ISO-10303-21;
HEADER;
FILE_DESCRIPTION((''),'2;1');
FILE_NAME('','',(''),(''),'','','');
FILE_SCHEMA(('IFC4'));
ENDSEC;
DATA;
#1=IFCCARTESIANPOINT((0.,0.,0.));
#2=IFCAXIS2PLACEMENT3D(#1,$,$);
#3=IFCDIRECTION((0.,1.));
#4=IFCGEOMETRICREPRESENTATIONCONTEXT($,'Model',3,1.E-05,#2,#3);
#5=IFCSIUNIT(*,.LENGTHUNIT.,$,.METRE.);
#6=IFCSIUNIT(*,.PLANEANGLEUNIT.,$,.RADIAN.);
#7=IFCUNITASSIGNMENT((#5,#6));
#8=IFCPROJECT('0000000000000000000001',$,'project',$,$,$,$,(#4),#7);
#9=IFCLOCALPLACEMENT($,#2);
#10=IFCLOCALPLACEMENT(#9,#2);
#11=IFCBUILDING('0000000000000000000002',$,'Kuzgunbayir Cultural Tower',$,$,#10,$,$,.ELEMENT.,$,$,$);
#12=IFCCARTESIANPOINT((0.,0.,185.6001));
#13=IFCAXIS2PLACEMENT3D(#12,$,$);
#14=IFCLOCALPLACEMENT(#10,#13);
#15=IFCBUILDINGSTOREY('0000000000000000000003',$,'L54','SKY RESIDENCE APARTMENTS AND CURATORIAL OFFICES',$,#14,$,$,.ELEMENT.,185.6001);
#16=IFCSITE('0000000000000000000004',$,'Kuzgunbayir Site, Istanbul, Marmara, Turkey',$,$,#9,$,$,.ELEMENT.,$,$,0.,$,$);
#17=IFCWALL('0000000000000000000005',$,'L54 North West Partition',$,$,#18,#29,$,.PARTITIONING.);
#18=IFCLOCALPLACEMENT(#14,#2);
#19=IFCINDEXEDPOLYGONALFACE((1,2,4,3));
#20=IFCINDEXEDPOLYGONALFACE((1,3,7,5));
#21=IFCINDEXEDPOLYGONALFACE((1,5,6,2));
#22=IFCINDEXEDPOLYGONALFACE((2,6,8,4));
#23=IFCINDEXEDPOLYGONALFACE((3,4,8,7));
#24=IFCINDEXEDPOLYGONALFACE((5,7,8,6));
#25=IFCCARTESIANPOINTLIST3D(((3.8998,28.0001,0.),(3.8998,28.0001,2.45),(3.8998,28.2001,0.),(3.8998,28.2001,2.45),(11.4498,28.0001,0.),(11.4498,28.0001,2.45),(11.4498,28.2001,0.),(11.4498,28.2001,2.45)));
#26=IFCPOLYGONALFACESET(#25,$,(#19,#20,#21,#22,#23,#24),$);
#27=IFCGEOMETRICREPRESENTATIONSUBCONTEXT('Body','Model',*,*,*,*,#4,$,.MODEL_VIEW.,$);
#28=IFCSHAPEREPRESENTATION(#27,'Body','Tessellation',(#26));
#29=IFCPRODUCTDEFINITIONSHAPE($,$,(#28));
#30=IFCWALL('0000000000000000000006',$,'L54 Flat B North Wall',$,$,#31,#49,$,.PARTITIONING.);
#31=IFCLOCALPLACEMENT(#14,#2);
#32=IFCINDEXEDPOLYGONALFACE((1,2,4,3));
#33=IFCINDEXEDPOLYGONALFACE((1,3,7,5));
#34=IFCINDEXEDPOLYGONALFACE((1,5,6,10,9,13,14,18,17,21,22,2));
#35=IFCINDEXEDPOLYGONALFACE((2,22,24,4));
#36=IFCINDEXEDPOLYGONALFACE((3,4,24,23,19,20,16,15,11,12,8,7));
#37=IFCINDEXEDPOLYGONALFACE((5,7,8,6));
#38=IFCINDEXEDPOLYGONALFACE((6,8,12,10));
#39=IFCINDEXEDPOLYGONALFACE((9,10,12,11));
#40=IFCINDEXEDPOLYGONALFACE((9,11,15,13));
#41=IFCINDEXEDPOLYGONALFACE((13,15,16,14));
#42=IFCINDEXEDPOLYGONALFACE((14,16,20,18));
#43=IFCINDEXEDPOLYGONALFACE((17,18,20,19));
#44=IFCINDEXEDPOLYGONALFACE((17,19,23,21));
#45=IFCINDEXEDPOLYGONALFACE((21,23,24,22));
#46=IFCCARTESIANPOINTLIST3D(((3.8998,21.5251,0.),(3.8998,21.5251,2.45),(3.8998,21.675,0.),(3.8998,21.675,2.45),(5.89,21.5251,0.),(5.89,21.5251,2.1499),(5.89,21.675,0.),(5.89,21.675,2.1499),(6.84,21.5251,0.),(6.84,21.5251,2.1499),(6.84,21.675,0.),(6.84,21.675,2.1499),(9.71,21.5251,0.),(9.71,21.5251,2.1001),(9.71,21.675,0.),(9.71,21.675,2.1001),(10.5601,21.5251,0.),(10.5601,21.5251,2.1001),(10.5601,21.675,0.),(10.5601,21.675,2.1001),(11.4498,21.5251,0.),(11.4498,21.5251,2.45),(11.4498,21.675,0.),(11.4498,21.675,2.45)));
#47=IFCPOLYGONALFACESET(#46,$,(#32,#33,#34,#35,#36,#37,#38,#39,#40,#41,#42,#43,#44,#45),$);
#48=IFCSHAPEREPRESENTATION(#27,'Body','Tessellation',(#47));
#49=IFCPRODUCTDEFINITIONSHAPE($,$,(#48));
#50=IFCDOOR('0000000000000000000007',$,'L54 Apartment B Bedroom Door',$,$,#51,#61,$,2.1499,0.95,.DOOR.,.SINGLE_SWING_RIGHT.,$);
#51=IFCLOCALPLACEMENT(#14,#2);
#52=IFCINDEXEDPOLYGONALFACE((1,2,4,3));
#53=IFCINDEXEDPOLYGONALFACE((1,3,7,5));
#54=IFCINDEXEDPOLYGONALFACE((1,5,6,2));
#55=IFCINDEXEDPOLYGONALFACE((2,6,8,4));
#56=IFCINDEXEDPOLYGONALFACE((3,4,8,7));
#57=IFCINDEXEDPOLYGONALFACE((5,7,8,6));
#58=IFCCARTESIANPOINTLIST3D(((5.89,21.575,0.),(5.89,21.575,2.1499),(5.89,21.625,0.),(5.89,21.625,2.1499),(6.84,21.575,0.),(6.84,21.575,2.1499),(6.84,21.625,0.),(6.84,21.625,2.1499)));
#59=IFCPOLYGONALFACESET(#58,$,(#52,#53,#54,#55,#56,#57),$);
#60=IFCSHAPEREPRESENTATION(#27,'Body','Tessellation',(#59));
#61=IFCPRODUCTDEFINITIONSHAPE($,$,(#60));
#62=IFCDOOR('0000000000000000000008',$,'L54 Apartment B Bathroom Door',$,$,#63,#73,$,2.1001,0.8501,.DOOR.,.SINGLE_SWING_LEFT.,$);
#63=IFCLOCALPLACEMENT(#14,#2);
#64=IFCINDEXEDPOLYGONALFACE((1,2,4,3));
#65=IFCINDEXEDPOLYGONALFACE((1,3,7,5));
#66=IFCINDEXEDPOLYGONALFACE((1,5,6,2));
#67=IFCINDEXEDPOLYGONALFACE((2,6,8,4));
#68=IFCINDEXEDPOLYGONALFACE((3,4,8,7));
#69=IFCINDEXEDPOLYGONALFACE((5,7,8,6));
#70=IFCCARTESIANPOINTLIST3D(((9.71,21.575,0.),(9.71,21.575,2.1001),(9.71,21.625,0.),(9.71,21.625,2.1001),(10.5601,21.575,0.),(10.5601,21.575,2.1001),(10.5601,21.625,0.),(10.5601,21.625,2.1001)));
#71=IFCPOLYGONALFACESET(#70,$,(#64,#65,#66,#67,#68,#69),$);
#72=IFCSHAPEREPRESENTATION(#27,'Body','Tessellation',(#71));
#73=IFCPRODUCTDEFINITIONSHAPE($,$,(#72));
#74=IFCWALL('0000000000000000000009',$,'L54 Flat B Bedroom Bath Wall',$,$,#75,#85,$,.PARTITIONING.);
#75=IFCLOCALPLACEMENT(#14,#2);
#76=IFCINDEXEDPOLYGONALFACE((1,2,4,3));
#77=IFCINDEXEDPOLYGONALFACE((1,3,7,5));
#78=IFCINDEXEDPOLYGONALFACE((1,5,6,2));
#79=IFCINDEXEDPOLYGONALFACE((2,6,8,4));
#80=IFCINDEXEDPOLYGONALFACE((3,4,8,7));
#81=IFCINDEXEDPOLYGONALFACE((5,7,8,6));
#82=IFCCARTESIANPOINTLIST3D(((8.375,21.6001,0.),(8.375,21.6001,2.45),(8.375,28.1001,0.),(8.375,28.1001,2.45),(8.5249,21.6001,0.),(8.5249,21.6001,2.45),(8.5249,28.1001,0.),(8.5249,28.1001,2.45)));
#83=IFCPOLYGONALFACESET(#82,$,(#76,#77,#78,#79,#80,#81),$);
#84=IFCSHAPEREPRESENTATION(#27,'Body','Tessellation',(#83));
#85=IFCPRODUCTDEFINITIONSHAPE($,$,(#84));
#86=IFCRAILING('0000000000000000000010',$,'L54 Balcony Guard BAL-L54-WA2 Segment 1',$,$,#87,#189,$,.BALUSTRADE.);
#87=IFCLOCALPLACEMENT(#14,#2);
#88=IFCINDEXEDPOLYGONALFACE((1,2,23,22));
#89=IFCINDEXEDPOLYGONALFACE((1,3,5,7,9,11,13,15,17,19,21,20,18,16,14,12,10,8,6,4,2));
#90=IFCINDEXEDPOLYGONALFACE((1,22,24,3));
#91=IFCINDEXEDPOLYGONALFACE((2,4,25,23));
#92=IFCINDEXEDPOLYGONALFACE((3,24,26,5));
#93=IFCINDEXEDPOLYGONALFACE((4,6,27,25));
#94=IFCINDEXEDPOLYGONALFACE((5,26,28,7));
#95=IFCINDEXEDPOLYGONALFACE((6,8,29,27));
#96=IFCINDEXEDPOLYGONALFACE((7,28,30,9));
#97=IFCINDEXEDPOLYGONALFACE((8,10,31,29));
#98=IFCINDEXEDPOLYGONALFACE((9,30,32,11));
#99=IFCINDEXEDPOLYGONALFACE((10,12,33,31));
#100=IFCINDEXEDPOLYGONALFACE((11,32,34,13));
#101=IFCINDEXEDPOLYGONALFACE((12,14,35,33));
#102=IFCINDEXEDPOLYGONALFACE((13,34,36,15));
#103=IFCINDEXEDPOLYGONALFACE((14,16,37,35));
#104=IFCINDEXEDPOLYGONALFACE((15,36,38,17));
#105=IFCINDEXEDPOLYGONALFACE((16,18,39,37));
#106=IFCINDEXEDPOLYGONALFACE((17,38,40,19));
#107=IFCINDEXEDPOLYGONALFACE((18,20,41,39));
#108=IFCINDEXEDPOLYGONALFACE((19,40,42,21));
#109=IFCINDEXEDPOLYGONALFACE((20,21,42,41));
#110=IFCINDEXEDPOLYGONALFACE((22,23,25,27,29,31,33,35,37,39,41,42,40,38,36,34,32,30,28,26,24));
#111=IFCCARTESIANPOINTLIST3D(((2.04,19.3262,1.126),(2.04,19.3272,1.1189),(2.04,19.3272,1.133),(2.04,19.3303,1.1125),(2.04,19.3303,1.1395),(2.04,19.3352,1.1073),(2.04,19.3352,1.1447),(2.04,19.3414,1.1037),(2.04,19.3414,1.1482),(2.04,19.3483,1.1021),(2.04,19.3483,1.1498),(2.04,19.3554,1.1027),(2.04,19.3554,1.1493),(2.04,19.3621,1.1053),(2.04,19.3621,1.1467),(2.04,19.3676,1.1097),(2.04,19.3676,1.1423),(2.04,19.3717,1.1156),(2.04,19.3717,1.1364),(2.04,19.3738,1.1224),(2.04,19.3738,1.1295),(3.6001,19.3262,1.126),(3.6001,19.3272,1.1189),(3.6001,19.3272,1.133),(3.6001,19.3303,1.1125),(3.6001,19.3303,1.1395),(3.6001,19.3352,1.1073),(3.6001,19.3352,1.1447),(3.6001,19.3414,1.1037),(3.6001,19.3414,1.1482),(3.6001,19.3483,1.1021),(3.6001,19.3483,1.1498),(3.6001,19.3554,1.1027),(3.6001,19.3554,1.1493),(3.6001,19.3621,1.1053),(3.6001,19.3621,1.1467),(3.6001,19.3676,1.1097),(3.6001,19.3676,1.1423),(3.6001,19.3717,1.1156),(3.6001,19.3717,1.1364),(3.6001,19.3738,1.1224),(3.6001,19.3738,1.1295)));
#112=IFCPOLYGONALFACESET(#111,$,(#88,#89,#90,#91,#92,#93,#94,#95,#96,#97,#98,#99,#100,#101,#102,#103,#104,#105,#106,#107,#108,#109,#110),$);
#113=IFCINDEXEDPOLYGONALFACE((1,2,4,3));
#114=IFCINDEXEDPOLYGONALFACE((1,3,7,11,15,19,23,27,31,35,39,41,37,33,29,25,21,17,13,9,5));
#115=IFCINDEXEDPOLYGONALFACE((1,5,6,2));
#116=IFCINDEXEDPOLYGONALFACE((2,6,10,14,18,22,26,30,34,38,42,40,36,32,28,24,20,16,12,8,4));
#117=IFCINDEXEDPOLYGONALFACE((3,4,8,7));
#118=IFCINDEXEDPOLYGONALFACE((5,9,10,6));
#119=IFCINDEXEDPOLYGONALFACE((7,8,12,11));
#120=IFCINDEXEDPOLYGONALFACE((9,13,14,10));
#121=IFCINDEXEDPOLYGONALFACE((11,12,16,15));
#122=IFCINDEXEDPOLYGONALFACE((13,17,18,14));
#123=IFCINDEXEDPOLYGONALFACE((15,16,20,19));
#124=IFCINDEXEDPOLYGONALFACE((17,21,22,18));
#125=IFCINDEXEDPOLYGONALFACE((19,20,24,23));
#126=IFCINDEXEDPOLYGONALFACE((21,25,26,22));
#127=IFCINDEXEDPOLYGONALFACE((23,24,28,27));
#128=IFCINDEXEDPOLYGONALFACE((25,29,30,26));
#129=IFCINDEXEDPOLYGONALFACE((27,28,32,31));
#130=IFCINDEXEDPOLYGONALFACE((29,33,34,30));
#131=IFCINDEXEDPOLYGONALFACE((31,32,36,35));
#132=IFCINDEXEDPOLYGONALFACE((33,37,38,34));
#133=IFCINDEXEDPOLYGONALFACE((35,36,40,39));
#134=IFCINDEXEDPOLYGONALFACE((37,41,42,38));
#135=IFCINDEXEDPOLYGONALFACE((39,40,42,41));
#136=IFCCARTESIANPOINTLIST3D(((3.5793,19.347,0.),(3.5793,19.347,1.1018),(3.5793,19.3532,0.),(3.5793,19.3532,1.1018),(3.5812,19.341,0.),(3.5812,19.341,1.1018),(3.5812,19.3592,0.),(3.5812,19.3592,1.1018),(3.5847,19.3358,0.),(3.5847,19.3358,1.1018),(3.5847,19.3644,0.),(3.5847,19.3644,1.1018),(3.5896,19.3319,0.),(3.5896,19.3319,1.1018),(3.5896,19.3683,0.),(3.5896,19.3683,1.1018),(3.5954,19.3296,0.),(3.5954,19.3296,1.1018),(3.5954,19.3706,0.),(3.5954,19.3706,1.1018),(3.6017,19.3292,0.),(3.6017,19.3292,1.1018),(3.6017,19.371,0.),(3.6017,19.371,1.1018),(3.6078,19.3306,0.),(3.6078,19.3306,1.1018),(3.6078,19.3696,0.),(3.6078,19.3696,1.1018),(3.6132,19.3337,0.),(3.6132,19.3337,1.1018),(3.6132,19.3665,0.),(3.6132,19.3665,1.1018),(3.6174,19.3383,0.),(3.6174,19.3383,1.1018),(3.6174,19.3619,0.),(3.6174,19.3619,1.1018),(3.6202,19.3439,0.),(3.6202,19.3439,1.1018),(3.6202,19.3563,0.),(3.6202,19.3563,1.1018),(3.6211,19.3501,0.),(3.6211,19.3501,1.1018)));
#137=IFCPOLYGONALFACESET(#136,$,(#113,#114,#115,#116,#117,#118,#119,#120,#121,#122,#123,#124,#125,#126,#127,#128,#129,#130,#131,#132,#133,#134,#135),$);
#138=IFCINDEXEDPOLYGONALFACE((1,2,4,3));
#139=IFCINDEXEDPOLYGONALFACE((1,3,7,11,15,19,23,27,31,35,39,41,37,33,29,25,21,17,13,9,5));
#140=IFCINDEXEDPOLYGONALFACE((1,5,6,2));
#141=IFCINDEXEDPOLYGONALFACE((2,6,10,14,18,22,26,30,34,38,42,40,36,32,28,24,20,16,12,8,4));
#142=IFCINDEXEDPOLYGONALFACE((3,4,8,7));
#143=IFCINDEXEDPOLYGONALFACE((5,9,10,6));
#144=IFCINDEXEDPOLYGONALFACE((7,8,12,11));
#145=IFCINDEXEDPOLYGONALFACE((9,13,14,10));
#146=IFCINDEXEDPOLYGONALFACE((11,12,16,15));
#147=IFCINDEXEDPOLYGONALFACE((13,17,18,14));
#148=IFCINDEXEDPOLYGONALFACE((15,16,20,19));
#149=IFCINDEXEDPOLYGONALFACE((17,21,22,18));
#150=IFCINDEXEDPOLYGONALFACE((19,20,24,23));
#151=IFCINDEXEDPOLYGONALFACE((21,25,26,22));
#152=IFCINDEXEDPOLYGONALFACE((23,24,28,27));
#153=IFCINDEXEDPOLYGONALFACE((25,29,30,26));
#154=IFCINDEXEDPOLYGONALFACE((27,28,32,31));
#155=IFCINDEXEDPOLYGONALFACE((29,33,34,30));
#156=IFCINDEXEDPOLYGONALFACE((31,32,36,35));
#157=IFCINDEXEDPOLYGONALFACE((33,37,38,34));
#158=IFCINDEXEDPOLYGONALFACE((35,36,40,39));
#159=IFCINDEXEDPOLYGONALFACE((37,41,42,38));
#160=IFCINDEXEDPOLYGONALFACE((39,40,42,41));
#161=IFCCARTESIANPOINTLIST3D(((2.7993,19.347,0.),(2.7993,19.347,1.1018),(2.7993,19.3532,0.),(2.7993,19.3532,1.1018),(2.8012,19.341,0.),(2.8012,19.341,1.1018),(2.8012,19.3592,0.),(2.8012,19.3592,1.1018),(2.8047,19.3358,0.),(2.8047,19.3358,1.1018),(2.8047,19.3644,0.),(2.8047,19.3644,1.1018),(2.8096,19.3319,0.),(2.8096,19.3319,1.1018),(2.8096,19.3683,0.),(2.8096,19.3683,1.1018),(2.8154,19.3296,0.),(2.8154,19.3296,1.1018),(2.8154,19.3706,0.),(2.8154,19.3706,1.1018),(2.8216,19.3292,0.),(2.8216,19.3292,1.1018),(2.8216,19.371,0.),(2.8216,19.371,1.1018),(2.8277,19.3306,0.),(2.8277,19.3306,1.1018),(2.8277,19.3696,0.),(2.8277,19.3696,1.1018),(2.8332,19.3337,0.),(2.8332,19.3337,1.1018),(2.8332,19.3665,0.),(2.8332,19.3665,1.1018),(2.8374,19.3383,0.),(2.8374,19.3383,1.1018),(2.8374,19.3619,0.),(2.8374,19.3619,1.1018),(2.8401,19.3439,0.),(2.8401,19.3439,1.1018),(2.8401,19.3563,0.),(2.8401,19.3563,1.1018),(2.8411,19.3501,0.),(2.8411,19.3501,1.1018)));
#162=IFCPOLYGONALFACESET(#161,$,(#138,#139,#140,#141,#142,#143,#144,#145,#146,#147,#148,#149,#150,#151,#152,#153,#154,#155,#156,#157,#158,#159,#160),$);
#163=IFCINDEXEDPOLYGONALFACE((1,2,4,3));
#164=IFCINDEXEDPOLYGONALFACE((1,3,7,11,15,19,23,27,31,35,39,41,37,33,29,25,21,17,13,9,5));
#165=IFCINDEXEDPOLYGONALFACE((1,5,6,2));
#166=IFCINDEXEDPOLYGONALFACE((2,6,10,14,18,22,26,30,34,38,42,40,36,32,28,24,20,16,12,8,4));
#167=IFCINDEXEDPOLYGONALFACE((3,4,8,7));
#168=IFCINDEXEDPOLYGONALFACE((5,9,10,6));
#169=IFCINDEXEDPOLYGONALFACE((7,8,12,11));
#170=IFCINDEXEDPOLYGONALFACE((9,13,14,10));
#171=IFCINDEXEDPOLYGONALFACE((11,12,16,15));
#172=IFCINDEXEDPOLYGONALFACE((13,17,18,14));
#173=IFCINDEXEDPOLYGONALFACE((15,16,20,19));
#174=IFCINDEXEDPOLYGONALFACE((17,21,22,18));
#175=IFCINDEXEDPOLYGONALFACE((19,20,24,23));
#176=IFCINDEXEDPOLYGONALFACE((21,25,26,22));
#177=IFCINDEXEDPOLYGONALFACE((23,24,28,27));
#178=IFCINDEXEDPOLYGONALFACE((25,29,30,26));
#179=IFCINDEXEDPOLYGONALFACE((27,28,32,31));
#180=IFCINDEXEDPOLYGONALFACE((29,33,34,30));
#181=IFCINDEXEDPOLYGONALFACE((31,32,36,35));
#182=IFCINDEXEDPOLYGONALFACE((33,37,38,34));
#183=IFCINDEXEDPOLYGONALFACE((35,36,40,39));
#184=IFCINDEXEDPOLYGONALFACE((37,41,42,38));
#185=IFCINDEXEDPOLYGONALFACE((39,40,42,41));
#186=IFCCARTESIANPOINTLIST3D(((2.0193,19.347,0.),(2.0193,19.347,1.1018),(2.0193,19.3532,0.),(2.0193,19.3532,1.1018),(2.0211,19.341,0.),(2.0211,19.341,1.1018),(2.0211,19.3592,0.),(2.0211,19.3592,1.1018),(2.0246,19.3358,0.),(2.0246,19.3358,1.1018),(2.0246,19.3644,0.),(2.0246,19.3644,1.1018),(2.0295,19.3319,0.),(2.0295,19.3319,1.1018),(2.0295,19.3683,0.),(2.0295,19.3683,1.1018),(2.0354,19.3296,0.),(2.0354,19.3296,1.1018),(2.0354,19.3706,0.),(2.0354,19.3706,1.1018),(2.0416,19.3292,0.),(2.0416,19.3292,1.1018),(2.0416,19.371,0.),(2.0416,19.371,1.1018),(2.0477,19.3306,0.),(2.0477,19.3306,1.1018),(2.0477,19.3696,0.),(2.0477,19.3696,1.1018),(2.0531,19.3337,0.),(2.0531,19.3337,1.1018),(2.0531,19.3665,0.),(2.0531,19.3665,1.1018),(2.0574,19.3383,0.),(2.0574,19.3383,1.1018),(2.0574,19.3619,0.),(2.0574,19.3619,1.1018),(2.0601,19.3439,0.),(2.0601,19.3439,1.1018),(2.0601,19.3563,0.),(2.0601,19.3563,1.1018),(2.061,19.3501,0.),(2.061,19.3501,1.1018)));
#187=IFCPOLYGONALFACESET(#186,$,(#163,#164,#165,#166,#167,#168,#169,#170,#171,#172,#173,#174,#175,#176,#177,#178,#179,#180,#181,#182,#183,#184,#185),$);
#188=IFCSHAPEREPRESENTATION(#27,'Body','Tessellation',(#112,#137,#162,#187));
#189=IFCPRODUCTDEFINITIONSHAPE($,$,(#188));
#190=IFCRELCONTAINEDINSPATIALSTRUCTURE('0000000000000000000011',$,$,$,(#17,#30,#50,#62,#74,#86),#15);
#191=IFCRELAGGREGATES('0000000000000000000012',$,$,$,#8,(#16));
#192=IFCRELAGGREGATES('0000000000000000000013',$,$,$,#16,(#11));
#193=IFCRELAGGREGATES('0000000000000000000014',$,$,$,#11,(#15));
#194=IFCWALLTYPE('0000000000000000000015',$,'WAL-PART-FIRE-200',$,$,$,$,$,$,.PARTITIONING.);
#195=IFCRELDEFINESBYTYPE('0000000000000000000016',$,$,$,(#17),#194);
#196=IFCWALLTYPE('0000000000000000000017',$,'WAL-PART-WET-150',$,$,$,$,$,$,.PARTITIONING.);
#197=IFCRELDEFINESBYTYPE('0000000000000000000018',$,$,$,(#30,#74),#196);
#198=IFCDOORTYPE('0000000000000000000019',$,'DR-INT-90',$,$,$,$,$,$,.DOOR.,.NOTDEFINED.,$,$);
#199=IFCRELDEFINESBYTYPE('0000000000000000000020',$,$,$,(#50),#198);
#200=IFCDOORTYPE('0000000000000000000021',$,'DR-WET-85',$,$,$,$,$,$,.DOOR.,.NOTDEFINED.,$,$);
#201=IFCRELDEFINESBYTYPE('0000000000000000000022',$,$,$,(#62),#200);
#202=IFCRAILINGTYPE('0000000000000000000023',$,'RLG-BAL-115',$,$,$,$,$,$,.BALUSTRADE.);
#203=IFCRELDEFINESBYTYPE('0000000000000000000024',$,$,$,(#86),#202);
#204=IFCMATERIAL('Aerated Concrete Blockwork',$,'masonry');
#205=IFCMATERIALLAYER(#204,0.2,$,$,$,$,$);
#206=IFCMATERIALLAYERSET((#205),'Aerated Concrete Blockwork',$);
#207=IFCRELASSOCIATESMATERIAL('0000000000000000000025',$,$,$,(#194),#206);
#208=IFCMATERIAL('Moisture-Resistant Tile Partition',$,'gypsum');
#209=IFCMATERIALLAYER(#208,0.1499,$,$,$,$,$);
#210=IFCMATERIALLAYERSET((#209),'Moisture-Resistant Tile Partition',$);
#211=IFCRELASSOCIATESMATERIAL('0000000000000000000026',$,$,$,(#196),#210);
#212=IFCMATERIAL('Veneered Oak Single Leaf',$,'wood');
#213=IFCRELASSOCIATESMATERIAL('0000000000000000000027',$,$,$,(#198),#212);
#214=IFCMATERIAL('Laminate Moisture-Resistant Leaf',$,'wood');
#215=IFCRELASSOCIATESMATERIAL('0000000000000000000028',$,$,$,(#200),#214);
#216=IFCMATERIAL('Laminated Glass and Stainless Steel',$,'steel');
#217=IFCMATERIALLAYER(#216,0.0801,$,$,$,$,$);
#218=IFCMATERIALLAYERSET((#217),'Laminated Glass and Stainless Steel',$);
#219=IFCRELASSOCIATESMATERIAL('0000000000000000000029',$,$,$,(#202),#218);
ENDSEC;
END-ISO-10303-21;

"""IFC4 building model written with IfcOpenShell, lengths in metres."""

from ifc_helpers import new_model, si_unit, direction, frame, frame_2d, origin, origin_2d, place, context, subcontext, project, spatial, rectangle, circle, extrude, material, layer, layer_set, type_object, element, fill, save


model = new_model("IFC4")

# Units and contexts
model_context = context("Model", 3, precision=1e-05, world=origin(), true_north=direction((0.0, 1.0)))
body_context = subcontext(model_context, "Body", "Model", "MODEL_VIEW")
ifc_project = project(units=[si_unit("LENGTHUNIT", "METRE"), si_unit("PLANEANGLEUNIT", "RADIAN")], contexts=[model_context])

# Site, building, storey
site_placement = place(None, origin())
site = spatial("IfcSite", under=ifc_project, at=site_placement, Name="Kuzgunbayir Site, Istanbul, Marmara, Turkey", CompositionType="ELEMENT", RefElevation=0.0)
building_placement = place(site_placement, origin())
building = spatial("IfcBuilding", under=site, at=building_placement, Name="Kuzgunbayir Cultural Tower", CompositionType="ELEMENT")
storey_placement = place(building_placement, frame((0.0, 0.0, 185.6001)))
storey = spatial("IfcBuildingStorey", under=building, at=storey_placement, Name="L54", Description="SKY RESIDENCE APARTMENTS AND CURATORIAL OFFICES", CompositionType="ELEMENT", Elevation=185.6001)

# Wall
ifc_material_1 = material(Name="Aerated Concrete Blockwork", Category="masonry")
ifc_layer_1 = layer(ifc_material_1, 0.2)
ifc_layer_set_1 = layer_set([ifc_layer_1], Name="Aerated Concrete Blockwork")
wall_type_1 = type_object("IfcWallType", Name="WAL-PART-FIRE-200", PredefinedType="PARTITIONING", material=ifc_layer_set_1)
wall_1_placement = place(storey_placement, frame((3.8999, 28.1001, 0.0), z_axis=(0.0, 0.0, 1.0), x_axis=(1.0, 0.0, 0.0)))
element("IfcWall", 1, at=wall_1_placement, inside=storey, type_object=wall_type_1, Name="L54 North West Partition", PredefinedType="PARTITIONING", context=body_context, shape_type="SweptSolid", body=[
    extrude(rectangle(XDim=7.55, YDim=0.2, at=frame_2d((3.7749, 0.0))), origin(), (0.0, 0.0, 1.0), 2.45),
])

# Wall, openings, doors
ifc_material_2 = material(Name="Moisture-Resistant Tile Partition", Category="gypsum")
ifc_layer_2 = layer(ifc_material_2, 0.1499)
ifc_layer_set_2 = layer_set([ifc_layer_2], Name="Moisture-Resistant Tile Partition")
wall_type_2 = type_object("IfcWallType", Name="WAL-PART-WET-150", PredefinedType="PARTITIONING", material=ifc_layer_set_2)
wall_2_placement = place(storey_placement, frame((3.8999, 21.6001, 0.0), z_axis=(0.0, 0.0, 1.0), x_axis=(1.0, 0.0, 0.0)))
wall_2 = element("IfcWall", 2, at=wall_2_placement, inside=storey, type_object=wall_type_2, Name="L54 Flat B North Wall", PredefinedType="PARTITIONING", context=body_context, shape_type="SweptSolid", body=[
    extrude(rectangle(XDim=7.55, YDim=0.1499, at=frame_2d((3.7749, 0.0))), origin(), (0.0, 0.0, 1.0), 2.45),
])
opening_1_placement = place(wall_2_placement, frame((1.99, 0.0, 0.0)))
opening_1 = element("IfcOpeningElement", 3, at=opening_1_placement, cuts=wall_2, PredefinedType="OPENING", context=body_context, shape_type="SweptSolid", body=[
    extrude(rectangle(XDim=0.95, YDim=2.1499, at=frame_2d((0.4751, 1.075))), frame((0.0, 0.085, 0.0), z_axis=(0.0, -1.0, 0.0), x_axis=(1.0, 0.0, 0.0)), (0.0, 0.0, 1.0), 0.1699),
])
opening_2_placement = place(wall_2_placement, frame((5.8101, 0.0, 0.0)))
opening_2 = element("IfcOpeningElement", 4, at=opening_2_placement, cuts=wall_2, PredefinedType="OPENING", context=body_context, shape_type="SweptSolid", body=[
    extrude(rectangle(XDim=0.8501, YDim=2.1001, at=frame_2d((0.425, 1.05))), frame((0.0, 0.085, 0.0), z_axis=(0.0, -1.0, 0.0), x_axis=(1.0, 0.0, 0.0)), (0.0, 0.0, 1.0), 0.1699),
])
ifc_material_3 = material(Name="Veneered Oak Single Leaf", Category="wood")
door_type_1 = type_object("IfcDoorType", Name="DR-INT-90", OperationType="NOTDEFINED", PredefinedType="DOOR", material=ifc_material_3)
door_1_placement = place(opening_1_placement, origin())
door_1 = element("IfcDoor", 5, at=door_1_placement, inside=storey, type_object=door_type_1, Name="L54 Apartment B Bedroom Door", OperationType="SINGLE_SWING_RIGHT", OverallHeight=2.1499, OverallWidth=0.95, PredefinedType="DOOR", context=body_context, shape_type="SweptSolid", body=[
    extrude(rectangle(XDim=0.95, YDim=2.1499, at=frame_2d((0.4751, 1.075))), frame((0.0, 0.0249, 0.0), z_axis=(0.0, -1.0, 0.0), x_axis=(1.0, 0.0, 0.0)), (0.0, 0.0, 1.0), 0.05),
])
fill(opening_1, door_1)
ifc_material_4 = material(Name="Laminate Moisture-Resistant Leaf", Category="wood")
door_type_2 = type_object("IfcDoorType", Name="DR-WET-85", OperationType="NOTDEFINED", PredefinedType="DOOR", material=ifc_material_4)
door_2_placement = place(opening_2_placement, origin())
door_2 = element("IfcDoor", 6, at=door_2_placement, inside=storey, type_object=door_type_2, Name="L54 Apartment B Bathroom Door", OperationType="SINGLE_SWING_LEFT", OverallHeight=2.1001, OverallWidth=0.8501, PredefinedType="DOOR", context=body_context, shape_type="SweptSolid", body=[
    extrude(rectangle(XDim=0.8501, YDim=2.1001, at=frame_2d((0.425, 1.05))), frame((0.0, 0.0249, 0.0), z_axis=(0.0, -1.0, 0.0), x_axis=(1.0, 0.0, 0.0)), (0.0, 0.0, 1.0), 0.05),
])
fill(opening_2, door_2)

# Wall
wall_3_placement = place(storey_placement, frame((8.45, 21.6001, 0.0), z_axis=(0.0, 0.0, 1.0), x_axis=(0.0, 1.0, 0.0)))
element("IfcWall", 7, at=wall_3_placement, inside=storey, type_object=wall_type_2, Name="L54 Flat B Bedroom Bath Wall", PredefinedType="PARTITIONING", context=body_context, shape_type="SweptSolid", body=[
    extrude(rectangle(XDim=6.5, YDim=0.1499, at=frame_2d((3.25, 0.0))), origin(), (0.0, 0.0, 1.0), 2.45),
])

# Railing
ifc_material_5 = material(Name="Laminated Glass and Stainless Steel", Category="steel")
ifc_layer_3 = layer(ifc_material_5, 0.0801)
ifc_layer_set_3 = layer_set([ifc_layer_3], Name="Laminated Glass and Stainless Steel")
railing_type = type_object("IfcRailingType", Name="RLG-BAL-115", PredefinedType="BALUSTRADE", material=ifc_layer_set_3)
railing_1_placement = place(storey_placement, frame((3.6001, 19.3501, 0.0)))
element("IfcRailing", 8, at=railing_1_placement, inside=storey, type_object=railing_type, Name="L54 Balcony Guard BAL-L54-WA2 Segment 1", PredefinedType="BALUSTRADE", context=body_context, shape_type="SweptSolid", body=[
    extrude(circle(Radius=0.0239, at=origin_2d()), frame((0.0, 0.0, 1.126), z_axis=(-1.0, 0.0, 0.0), x_axis=(0.0, -1.0, 0.0)), (0.0, 0.0, 1.0), 1.5601),
    extrude(circle(Radius=0.021, at=origin_2d()), origin(), (0.0, 0.0, 1.0), 1.1018),
    extrude(circle(Radius=0.021, at=origin_2d()), frame((-0.78, 0.0, 0.0)), (0.0, 0.0, 1.0), 1.1018),
    extrude(circle(Radius=0.021, at=origin_2d()), frame((-1.5601, 0.0, 0.0)), (0.0, 0.0, 1.0), 1.1018),
])

save(model, "model.ifc")
